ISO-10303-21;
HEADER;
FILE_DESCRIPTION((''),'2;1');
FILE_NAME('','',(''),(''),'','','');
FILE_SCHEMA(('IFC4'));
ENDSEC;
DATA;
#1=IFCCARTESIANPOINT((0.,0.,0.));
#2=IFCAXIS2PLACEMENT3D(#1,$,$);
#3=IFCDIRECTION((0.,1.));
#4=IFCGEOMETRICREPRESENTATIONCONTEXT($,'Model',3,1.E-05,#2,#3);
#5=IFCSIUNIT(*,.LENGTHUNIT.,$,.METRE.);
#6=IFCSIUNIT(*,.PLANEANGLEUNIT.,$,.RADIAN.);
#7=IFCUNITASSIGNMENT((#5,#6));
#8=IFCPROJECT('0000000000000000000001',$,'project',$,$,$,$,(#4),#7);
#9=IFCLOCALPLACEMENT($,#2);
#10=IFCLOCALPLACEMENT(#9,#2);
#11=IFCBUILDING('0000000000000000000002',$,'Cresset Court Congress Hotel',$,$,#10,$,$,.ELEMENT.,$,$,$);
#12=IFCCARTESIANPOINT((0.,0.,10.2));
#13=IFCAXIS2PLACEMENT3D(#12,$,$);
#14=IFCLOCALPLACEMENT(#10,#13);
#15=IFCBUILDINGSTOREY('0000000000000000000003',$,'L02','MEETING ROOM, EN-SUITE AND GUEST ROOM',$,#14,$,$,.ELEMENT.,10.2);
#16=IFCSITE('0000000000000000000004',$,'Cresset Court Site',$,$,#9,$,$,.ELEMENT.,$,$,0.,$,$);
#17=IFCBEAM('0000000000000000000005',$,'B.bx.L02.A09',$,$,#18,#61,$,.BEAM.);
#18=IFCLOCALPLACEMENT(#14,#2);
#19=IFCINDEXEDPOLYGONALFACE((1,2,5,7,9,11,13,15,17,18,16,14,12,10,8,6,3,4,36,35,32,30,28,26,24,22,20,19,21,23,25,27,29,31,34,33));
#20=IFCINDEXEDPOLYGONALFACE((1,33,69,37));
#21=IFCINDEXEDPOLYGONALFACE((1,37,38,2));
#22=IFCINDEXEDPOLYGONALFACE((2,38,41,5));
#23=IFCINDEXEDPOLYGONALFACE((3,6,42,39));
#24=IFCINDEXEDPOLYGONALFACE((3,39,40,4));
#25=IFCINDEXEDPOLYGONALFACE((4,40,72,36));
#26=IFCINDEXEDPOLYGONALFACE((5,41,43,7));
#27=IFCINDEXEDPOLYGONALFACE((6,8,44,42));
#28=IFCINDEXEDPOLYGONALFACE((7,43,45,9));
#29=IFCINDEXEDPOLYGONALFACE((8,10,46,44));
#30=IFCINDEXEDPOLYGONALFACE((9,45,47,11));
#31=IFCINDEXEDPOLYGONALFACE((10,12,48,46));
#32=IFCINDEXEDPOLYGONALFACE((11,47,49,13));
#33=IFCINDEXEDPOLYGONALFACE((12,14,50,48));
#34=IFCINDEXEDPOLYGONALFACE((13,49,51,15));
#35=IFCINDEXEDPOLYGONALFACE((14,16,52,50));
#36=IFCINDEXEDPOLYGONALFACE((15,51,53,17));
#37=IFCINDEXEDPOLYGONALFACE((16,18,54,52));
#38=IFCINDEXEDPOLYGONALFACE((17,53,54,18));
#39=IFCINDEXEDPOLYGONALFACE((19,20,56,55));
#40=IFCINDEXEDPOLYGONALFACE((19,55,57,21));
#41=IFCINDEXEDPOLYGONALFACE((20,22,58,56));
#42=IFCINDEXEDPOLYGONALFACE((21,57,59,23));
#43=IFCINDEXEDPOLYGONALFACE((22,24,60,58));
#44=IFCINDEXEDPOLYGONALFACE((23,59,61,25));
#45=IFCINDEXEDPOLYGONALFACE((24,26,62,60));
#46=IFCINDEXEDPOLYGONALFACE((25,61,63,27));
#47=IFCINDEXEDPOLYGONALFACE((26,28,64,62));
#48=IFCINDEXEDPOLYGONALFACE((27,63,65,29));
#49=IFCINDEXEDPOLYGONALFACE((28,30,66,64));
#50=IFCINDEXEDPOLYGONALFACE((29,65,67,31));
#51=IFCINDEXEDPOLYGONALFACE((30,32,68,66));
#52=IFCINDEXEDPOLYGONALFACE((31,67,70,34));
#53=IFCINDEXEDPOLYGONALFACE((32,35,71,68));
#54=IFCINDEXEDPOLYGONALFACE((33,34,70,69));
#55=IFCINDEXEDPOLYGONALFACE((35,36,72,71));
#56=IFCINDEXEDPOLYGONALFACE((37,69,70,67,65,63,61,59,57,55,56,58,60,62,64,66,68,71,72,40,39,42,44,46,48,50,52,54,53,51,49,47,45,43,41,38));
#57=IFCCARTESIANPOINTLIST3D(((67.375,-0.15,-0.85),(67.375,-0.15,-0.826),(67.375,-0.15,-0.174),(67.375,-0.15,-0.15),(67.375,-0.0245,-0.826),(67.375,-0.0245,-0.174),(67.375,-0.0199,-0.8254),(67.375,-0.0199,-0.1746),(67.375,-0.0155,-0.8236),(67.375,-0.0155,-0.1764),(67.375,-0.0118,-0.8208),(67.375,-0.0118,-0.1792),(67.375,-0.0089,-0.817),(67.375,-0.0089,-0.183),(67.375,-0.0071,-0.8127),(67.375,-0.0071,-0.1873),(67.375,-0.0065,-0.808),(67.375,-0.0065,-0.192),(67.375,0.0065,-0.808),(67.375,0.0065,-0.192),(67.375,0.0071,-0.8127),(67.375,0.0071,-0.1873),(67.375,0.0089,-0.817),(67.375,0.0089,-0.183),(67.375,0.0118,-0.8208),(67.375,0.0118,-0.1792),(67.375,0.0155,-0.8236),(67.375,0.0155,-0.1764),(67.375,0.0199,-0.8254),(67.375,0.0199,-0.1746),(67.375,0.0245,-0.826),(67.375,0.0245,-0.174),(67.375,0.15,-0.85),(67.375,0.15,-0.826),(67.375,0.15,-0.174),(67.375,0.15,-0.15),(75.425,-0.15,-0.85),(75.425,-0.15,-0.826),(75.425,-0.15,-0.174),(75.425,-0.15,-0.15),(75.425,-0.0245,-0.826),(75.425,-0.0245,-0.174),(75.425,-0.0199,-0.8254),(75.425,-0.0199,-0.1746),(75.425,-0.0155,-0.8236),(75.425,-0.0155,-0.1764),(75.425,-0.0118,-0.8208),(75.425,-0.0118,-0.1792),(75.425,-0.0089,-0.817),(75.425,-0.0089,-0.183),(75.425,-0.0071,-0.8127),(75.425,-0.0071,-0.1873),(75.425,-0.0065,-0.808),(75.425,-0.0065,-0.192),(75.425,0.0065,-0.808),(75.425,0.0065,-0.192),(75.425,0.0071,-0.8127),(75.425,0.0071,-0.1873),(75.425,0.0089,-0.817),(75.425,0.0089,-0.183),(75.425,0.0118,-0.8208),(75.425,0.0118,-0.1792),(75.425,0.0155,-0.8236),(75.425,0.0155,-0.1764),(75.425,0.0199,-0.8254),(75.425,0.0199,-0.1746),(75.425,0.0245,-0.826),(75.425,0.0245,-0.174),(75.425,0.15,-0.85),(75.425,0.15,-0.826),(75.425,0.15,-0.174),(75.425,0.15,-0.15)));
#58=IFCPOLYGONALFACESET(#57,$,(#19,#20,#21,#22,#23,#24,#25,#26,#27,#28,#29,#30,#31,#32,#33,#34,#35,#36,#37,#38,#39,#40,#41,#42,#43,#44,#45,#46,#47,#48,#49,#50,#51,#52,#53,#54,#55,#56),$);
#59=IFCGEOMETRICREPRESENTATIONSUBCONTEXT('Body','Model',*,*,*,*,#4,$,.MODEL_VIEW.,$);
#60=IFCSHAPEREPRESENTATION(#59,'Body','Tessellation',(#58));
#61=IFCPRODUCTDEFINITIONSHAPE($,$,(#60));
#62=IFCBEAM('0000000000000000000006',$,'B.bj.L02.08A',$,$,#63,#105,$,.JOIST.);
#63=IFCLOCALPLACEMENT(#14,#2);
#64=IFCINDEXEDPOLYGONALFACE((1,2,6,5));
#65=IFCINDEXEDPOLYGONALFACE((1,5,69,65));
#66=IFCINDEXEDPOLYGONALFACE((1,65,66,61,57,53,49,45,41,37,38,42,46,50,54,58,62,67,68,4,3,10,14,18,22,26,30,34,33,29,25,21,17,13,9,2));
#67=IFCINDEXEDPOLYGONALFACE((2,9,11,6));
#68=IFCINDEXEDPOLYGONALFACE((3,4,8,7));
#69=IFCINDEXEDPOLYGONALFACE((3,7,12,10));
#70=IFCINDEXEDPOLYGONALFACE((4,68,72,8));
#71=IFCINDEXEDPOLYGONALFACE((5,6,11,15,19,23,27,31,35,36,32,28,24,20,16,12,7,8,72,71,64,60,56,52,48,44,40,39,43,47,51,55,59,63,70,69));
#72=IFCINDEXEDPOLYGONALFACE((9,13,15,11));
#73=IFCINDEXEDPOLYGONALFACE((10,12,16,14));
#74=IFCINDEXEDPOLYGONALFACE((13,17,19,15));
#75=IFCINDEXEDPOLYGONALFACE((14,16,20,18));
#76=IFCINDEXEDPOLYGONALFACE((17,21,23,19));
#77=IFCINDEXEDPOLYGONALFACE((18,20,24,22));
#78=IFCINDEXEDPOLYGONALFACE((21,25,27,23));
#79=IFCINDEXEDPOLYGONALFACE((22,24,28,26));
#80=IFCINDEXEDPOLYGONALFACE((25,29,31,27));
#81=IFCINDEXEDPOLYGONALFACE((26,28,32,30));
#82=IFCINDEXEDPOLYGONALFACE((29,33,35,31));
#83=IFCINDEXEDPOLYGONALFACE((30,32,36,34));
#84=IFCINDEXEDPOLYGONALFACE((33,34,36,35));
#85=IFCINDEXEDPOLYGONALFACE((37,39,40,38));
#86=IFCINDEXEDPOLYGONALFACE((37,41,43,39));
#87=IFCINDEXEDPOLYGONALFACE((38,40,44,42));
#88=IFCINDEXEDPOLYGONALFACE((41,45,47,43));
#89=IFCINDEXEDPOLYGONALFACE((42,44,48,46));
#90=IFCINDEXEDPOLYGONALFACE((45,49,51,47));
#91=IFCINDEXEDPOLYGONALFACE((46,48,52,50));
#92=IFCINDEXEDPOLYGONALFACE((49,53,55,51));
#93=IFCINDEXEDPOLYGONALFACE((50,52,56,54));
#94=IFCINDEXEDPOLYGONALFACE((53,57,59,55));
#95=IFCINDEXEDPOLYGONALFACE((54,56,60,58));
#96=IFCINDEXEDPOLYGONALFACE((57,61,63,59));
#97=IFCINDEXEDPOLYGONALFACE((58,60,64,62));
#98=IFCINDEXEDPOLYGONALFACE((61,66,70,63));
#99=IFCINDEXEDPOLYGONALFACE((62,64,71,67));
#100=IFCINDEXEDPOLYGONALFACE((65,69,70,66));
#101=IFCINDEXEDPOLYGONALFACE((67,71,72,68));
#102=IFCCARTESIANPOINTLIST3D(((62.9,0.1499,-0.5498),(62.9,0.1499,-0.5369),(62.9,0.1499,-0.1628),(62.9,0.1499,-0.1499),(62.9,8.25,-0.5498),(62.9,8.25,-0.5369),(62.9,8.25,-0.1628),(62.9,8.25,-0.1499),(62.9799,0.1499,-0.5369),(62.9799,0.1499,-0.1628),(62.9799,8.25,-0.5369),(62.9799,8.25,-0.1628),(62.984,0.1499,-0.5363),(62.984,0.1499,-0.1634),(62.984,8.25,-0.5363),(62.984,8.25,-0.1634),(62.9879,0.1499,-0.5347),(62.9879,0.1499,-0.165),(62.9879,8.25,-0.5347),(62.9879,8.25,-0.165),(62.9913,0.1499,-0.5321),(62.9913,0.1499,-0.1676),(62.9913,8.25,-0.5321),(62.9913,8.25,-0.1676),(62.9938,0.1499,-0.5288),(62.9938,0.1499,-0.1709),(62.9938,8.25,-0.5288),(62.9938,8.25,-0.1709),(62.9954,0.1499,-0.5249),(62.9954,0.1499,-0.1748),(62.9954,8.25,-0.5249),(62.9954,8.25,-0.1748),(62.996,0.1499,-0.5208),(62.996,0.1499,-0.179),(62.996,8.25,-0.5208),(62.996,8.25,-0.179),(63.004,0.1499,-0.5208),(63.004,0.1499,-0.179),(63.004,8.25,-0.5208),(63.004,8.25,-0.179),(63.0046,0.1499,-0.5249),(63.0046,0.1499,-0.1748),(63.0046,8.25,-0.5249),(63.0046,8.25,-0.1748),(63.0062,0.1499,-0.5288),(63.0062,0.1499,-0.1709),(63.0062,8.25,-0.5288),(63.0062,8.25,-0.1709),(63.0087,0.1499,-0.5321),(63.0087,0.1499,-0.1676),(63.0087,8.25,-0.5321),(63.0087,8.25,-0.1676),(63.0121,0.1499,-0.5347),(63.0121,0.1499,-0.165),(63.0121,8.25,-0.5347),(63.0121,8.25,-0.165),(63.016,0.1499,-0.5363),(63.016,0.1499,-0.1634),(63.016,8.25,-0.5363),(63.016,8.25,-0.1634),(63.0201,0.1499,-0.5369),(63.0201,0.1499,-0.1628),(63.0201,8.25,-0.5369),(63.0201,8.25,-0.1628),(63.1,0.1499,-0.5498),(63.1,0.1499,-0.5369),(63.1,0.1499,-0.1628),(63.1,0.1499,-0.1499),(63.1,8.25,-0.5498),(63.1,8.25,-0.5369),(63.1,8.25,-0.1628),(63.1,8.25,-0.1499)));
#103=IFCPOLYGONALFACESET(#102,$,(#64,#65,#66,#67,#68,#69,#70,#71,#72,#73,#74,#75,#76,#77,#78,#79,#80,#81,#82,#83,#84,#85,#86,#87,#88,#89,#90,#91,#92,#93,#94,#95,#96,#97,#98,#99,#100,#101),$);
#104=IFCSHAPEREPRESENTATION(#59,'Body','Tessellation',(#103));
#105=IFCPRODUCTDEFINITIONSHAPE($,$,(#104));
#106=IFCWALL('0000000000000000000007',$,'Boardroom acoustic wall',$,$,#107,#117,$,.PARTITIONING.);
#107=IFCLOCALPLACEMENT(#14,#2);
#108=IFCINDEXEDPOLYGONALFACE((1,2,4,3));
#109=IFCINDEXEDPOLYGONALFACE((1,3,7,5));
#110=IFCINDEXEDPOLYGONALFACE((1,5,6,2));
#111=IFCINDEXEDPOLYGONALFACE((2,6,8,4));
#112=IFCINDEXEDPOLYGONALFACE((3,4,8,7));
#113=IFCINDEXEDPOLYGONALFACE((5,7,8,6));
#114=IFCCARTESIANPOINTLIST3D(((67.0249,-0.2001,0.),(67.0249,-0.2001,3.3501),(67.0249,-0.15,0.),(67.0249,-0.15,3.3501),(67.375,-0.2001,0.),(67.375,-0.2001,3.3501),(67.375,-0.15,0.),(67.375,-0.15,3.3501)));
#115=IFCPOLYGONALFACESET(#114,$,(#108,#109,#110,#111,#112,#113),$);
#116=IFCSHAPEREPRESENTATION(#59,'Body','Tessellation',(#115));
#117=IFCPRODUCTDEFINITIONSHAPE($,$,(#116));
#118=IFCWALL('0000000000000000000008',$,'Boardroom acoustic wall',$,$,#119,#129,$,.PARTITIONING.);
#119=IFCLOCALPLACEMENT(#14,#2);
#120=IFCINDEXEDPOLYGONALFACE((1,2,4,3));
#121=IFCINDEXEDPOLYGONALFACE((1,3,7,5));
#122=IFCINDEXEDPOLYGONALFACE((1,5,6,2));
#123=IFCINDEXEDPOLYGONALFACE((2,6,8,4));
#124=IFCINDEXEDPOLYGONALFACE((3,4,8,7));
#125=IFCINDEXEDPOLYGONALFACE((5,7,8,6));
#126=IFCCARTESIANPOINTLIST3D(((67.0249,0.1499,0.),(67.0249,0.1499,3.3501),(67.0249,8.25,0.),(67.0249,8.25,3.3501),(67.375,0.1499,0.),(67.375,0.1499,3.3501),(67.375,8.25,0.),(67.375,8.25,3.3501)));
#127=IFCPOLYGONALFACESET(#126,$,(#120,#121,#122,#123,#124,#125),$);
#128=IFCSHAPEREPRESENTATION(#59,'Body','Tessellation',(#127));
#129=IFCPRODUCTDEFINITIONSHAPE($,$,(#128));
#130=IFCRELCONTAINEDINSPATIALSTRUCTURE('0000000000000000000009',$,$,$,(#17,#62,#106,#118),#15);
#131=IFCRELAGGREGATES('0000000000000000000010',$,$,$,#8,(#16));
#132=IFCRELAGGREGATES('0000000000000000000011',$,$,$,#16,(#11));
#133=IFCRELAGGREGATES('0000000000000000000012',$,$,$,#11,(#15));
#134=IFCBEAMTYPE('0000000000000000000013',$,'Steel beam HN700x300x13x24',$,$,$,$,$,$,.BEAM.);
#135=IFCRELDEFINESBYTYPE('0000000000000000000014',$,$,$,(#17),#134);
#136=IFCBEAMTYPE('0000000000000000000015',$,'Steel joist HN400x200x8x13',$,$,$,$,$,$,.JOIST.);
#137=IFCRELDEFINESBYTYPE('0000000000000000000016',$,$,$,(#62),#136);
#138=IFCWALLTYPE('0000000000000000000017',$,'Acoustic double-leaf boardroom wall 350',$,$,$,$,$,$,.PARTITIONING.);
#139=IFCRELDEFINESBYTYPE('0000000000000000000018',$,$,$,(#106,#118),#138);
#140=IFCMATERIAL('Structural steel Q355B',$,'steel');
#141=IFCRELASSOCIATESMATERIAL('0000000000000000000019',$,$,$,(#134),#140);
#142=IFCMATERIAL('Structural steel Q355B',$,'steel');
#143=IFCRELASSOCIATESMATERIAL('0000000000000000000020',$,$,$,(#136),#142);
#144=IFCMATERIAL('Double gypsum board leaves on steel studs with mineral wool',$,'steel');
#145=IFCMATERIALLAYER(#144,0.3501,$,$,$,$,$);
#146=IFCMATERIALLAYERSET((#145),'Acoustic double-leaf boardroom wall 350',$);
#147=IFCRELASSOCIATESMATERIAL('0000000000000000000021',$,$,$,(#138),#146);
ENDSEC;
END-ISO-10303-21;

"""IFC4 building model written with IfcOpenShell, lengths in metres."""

from ifc_helpers import new_model, si_unit, direction, frame, frame_2d, origin, origin_2d, place, context, subcontext, project, spatial, rectangle, i_section, extrude, material, layer, layer_set, material_profile, profile_set, type_object, element, save


model = new_model("IFC4")

# Units and contexts
model_context = context("Model", 3, precision=1e-05, world=origin(), true_north=direction((0.0, 1.0)))
body_context = subcontext(model_context, "Body", "Model", "MODEL_VIEW")
ifc_project = project(units=[si_unit("LENGTHUNIT", "METRE"), si_unit("PLANEANGLEUNIT", "RADIAN")], contexts=[model_context])

# Site, building, storey
site_placement = place(None, origin())
site = spatial("IfcSite", under=ifc_project, at=site_placement, Name="Cresset Court Site", CompositionType="ELEMENT", RefElevation=0.0)
building_placement = place(site_placement, origin())
building = spatial("IfcBuilding", under=site, at=building_placement, Name="Cresset Court Congress Hotel", CompositionType="ELEMENT")
storey_placement = place(building_placement, frame((0.0, 0.0, 10.2)))
storey = spatial("IfcBuildingStorey", under=building, at=storey_placement, Name="L02", Description="MEETING ROOM, EN-SUITE AND GUEST ROOM", CompositionType="ELEMENT", Elevation=10.2)

# Beams
ifc_material_1 = material(Name="Structural steel Q355B", Category="steel")
ifc_material_profile_1 = material_profile(ifc_material_1, i_section(OverallWidth=0.3, OverallDepth=0.7, WebThickness=0.0129, FlangeThickness=0.0239, FilletRadius=0.0181, at=origin_2d()), Name="HN700x300x13x24")
ifc_profile_set_1 = profile_set([ifc_material_profile_1], Name="Structural steel Q355B")
beam_type_1 = type_object("IfcBeamType", Name="Steel beam HN700x300x13x24", PredefinedType="BEAM", material=ifc_profile_set_1)
beam_1_placement = place(storey_placement, frame((67.375, 0.0, -0.5), z_axis=(1.0, 0.0, 0.0), x_axis=(0.0, 1.0, 0.0)))
element("IfcBeam", 1, at=beam_1_placement, inside=storey, type_object=beam_type_1, Name="B.bx.L02.A09", PredefinedType="BEAM", context=body_context, shape_type="SweptSolid", body=[
    extrude(i_section(OverallWidth=0.3, OverallDepth=0.7, WebThickness=0.0129, FlangeThickness=0.0239, FilletRadius=0.0181, at=origin_2d()), origin(), (0.0, 0.0, 1.0), 8.05),
])
ifc_material_2 = material(Name="Structural steel Q355B", Category="steel")
ifc_material_profile_2 = material_profile(ifc_material_2, i_section(OverallWidth=0.2, OverallDepth=0.3999, WebThickness=0.0081, FlangeThickness=0.0129, FilletRadius=0.0161, at=origin_2d()), Name="HN400x200x8x13")
ifc_profile_set_2 = profile_set([ifc_material_profile_2], Name="Structural steel Q355B")
beam_type_2 = type_object("IfcBeamType", Name="Steel joist HN400x200x8x13", PredefinedType="JOIST", material=ifc_profile_set_2)
beam_2_placement = place(storey_placement, frame((63.0, 0.1499, -0.3499), z_axis=(0.0, 1.0, 0.0), x_axis=(-1.0, 0.0, 0.0)))
element("IfcBeam", 2, at=beam_2_placement, inside=storey, type_object=beam_type_2, Name="B.bj.L02.08A", PredefinedType="JOIST", context=body_context, shape_type="SweptSolid", body=[
    extrude(i_section(OverallWidth=0.2, OverallDepth=0.3999, WebThickness=0.0081, FlangeThickness=0.0129, FilletRadius=0.0161, at=origin_2d()), origin(), (0.0, 0.0, 1.0), 8.1001),
])

# Walls
ifc_material_3 = material(Name="Double gypsum board leaves on steel studs with mineral wool", Category="steel")
ifc_layer_1 = layer(ifc_material_3, 0.3501)
ifc_layer_set_1 = layer_set([ifc_layer_1], Name="Acoustic double-leaf boardroom wall 350")
wall_type_1 = type_object("IfcWallType", Name="Acoustic double-leaf boardroom wall 350", PredefinedType="PARTITIONING", material=ifc_layer_set_1)
wall_1_placement = place(storey_placement, frame((67.2, -0.2, 0.0), z_axis=(0.0, 0.0, 1.0), x_axis=(0.0, 1.0, 0.0)))
element("IfcWall", 3, at=wall_1_placement, inside=storey, type_object=wall_type_1, Name="Boardroom acoustic wall", PredefinedType="PARTITIONING", context=body_context, shape_type="SweptSolid", body=[
    extrude(rectangle(XDim=0.05, YDim=0.3501, at=frame_2d((0.0249, 0.0))), origin(), (0.0, 0.0, 1.0), 3.3501),
])
wall_2_placement = place(storey_placement, frame((67.2, 0.1499, 0.0), z_axis=(0.0, 0.0, 1.0), x_axis=(0.0, 1.0, 0.0)))
element("IfcWall", 4, at=wall_2_placement, inside=storey, type_object=wall_type_1, Name="Boardroom acoustic wall", PredefinedType="PARTITIONING", context=body_context, shape_type="SweptSolid", body=[
    extrude(rectangle(XDim=8.1001, YDim=0.3501, at=frame_2d((4.05, 0.0))), origin(), (0.0, 0.0, 1.0), 3.3501),
])

save(model, "model.ifc")
